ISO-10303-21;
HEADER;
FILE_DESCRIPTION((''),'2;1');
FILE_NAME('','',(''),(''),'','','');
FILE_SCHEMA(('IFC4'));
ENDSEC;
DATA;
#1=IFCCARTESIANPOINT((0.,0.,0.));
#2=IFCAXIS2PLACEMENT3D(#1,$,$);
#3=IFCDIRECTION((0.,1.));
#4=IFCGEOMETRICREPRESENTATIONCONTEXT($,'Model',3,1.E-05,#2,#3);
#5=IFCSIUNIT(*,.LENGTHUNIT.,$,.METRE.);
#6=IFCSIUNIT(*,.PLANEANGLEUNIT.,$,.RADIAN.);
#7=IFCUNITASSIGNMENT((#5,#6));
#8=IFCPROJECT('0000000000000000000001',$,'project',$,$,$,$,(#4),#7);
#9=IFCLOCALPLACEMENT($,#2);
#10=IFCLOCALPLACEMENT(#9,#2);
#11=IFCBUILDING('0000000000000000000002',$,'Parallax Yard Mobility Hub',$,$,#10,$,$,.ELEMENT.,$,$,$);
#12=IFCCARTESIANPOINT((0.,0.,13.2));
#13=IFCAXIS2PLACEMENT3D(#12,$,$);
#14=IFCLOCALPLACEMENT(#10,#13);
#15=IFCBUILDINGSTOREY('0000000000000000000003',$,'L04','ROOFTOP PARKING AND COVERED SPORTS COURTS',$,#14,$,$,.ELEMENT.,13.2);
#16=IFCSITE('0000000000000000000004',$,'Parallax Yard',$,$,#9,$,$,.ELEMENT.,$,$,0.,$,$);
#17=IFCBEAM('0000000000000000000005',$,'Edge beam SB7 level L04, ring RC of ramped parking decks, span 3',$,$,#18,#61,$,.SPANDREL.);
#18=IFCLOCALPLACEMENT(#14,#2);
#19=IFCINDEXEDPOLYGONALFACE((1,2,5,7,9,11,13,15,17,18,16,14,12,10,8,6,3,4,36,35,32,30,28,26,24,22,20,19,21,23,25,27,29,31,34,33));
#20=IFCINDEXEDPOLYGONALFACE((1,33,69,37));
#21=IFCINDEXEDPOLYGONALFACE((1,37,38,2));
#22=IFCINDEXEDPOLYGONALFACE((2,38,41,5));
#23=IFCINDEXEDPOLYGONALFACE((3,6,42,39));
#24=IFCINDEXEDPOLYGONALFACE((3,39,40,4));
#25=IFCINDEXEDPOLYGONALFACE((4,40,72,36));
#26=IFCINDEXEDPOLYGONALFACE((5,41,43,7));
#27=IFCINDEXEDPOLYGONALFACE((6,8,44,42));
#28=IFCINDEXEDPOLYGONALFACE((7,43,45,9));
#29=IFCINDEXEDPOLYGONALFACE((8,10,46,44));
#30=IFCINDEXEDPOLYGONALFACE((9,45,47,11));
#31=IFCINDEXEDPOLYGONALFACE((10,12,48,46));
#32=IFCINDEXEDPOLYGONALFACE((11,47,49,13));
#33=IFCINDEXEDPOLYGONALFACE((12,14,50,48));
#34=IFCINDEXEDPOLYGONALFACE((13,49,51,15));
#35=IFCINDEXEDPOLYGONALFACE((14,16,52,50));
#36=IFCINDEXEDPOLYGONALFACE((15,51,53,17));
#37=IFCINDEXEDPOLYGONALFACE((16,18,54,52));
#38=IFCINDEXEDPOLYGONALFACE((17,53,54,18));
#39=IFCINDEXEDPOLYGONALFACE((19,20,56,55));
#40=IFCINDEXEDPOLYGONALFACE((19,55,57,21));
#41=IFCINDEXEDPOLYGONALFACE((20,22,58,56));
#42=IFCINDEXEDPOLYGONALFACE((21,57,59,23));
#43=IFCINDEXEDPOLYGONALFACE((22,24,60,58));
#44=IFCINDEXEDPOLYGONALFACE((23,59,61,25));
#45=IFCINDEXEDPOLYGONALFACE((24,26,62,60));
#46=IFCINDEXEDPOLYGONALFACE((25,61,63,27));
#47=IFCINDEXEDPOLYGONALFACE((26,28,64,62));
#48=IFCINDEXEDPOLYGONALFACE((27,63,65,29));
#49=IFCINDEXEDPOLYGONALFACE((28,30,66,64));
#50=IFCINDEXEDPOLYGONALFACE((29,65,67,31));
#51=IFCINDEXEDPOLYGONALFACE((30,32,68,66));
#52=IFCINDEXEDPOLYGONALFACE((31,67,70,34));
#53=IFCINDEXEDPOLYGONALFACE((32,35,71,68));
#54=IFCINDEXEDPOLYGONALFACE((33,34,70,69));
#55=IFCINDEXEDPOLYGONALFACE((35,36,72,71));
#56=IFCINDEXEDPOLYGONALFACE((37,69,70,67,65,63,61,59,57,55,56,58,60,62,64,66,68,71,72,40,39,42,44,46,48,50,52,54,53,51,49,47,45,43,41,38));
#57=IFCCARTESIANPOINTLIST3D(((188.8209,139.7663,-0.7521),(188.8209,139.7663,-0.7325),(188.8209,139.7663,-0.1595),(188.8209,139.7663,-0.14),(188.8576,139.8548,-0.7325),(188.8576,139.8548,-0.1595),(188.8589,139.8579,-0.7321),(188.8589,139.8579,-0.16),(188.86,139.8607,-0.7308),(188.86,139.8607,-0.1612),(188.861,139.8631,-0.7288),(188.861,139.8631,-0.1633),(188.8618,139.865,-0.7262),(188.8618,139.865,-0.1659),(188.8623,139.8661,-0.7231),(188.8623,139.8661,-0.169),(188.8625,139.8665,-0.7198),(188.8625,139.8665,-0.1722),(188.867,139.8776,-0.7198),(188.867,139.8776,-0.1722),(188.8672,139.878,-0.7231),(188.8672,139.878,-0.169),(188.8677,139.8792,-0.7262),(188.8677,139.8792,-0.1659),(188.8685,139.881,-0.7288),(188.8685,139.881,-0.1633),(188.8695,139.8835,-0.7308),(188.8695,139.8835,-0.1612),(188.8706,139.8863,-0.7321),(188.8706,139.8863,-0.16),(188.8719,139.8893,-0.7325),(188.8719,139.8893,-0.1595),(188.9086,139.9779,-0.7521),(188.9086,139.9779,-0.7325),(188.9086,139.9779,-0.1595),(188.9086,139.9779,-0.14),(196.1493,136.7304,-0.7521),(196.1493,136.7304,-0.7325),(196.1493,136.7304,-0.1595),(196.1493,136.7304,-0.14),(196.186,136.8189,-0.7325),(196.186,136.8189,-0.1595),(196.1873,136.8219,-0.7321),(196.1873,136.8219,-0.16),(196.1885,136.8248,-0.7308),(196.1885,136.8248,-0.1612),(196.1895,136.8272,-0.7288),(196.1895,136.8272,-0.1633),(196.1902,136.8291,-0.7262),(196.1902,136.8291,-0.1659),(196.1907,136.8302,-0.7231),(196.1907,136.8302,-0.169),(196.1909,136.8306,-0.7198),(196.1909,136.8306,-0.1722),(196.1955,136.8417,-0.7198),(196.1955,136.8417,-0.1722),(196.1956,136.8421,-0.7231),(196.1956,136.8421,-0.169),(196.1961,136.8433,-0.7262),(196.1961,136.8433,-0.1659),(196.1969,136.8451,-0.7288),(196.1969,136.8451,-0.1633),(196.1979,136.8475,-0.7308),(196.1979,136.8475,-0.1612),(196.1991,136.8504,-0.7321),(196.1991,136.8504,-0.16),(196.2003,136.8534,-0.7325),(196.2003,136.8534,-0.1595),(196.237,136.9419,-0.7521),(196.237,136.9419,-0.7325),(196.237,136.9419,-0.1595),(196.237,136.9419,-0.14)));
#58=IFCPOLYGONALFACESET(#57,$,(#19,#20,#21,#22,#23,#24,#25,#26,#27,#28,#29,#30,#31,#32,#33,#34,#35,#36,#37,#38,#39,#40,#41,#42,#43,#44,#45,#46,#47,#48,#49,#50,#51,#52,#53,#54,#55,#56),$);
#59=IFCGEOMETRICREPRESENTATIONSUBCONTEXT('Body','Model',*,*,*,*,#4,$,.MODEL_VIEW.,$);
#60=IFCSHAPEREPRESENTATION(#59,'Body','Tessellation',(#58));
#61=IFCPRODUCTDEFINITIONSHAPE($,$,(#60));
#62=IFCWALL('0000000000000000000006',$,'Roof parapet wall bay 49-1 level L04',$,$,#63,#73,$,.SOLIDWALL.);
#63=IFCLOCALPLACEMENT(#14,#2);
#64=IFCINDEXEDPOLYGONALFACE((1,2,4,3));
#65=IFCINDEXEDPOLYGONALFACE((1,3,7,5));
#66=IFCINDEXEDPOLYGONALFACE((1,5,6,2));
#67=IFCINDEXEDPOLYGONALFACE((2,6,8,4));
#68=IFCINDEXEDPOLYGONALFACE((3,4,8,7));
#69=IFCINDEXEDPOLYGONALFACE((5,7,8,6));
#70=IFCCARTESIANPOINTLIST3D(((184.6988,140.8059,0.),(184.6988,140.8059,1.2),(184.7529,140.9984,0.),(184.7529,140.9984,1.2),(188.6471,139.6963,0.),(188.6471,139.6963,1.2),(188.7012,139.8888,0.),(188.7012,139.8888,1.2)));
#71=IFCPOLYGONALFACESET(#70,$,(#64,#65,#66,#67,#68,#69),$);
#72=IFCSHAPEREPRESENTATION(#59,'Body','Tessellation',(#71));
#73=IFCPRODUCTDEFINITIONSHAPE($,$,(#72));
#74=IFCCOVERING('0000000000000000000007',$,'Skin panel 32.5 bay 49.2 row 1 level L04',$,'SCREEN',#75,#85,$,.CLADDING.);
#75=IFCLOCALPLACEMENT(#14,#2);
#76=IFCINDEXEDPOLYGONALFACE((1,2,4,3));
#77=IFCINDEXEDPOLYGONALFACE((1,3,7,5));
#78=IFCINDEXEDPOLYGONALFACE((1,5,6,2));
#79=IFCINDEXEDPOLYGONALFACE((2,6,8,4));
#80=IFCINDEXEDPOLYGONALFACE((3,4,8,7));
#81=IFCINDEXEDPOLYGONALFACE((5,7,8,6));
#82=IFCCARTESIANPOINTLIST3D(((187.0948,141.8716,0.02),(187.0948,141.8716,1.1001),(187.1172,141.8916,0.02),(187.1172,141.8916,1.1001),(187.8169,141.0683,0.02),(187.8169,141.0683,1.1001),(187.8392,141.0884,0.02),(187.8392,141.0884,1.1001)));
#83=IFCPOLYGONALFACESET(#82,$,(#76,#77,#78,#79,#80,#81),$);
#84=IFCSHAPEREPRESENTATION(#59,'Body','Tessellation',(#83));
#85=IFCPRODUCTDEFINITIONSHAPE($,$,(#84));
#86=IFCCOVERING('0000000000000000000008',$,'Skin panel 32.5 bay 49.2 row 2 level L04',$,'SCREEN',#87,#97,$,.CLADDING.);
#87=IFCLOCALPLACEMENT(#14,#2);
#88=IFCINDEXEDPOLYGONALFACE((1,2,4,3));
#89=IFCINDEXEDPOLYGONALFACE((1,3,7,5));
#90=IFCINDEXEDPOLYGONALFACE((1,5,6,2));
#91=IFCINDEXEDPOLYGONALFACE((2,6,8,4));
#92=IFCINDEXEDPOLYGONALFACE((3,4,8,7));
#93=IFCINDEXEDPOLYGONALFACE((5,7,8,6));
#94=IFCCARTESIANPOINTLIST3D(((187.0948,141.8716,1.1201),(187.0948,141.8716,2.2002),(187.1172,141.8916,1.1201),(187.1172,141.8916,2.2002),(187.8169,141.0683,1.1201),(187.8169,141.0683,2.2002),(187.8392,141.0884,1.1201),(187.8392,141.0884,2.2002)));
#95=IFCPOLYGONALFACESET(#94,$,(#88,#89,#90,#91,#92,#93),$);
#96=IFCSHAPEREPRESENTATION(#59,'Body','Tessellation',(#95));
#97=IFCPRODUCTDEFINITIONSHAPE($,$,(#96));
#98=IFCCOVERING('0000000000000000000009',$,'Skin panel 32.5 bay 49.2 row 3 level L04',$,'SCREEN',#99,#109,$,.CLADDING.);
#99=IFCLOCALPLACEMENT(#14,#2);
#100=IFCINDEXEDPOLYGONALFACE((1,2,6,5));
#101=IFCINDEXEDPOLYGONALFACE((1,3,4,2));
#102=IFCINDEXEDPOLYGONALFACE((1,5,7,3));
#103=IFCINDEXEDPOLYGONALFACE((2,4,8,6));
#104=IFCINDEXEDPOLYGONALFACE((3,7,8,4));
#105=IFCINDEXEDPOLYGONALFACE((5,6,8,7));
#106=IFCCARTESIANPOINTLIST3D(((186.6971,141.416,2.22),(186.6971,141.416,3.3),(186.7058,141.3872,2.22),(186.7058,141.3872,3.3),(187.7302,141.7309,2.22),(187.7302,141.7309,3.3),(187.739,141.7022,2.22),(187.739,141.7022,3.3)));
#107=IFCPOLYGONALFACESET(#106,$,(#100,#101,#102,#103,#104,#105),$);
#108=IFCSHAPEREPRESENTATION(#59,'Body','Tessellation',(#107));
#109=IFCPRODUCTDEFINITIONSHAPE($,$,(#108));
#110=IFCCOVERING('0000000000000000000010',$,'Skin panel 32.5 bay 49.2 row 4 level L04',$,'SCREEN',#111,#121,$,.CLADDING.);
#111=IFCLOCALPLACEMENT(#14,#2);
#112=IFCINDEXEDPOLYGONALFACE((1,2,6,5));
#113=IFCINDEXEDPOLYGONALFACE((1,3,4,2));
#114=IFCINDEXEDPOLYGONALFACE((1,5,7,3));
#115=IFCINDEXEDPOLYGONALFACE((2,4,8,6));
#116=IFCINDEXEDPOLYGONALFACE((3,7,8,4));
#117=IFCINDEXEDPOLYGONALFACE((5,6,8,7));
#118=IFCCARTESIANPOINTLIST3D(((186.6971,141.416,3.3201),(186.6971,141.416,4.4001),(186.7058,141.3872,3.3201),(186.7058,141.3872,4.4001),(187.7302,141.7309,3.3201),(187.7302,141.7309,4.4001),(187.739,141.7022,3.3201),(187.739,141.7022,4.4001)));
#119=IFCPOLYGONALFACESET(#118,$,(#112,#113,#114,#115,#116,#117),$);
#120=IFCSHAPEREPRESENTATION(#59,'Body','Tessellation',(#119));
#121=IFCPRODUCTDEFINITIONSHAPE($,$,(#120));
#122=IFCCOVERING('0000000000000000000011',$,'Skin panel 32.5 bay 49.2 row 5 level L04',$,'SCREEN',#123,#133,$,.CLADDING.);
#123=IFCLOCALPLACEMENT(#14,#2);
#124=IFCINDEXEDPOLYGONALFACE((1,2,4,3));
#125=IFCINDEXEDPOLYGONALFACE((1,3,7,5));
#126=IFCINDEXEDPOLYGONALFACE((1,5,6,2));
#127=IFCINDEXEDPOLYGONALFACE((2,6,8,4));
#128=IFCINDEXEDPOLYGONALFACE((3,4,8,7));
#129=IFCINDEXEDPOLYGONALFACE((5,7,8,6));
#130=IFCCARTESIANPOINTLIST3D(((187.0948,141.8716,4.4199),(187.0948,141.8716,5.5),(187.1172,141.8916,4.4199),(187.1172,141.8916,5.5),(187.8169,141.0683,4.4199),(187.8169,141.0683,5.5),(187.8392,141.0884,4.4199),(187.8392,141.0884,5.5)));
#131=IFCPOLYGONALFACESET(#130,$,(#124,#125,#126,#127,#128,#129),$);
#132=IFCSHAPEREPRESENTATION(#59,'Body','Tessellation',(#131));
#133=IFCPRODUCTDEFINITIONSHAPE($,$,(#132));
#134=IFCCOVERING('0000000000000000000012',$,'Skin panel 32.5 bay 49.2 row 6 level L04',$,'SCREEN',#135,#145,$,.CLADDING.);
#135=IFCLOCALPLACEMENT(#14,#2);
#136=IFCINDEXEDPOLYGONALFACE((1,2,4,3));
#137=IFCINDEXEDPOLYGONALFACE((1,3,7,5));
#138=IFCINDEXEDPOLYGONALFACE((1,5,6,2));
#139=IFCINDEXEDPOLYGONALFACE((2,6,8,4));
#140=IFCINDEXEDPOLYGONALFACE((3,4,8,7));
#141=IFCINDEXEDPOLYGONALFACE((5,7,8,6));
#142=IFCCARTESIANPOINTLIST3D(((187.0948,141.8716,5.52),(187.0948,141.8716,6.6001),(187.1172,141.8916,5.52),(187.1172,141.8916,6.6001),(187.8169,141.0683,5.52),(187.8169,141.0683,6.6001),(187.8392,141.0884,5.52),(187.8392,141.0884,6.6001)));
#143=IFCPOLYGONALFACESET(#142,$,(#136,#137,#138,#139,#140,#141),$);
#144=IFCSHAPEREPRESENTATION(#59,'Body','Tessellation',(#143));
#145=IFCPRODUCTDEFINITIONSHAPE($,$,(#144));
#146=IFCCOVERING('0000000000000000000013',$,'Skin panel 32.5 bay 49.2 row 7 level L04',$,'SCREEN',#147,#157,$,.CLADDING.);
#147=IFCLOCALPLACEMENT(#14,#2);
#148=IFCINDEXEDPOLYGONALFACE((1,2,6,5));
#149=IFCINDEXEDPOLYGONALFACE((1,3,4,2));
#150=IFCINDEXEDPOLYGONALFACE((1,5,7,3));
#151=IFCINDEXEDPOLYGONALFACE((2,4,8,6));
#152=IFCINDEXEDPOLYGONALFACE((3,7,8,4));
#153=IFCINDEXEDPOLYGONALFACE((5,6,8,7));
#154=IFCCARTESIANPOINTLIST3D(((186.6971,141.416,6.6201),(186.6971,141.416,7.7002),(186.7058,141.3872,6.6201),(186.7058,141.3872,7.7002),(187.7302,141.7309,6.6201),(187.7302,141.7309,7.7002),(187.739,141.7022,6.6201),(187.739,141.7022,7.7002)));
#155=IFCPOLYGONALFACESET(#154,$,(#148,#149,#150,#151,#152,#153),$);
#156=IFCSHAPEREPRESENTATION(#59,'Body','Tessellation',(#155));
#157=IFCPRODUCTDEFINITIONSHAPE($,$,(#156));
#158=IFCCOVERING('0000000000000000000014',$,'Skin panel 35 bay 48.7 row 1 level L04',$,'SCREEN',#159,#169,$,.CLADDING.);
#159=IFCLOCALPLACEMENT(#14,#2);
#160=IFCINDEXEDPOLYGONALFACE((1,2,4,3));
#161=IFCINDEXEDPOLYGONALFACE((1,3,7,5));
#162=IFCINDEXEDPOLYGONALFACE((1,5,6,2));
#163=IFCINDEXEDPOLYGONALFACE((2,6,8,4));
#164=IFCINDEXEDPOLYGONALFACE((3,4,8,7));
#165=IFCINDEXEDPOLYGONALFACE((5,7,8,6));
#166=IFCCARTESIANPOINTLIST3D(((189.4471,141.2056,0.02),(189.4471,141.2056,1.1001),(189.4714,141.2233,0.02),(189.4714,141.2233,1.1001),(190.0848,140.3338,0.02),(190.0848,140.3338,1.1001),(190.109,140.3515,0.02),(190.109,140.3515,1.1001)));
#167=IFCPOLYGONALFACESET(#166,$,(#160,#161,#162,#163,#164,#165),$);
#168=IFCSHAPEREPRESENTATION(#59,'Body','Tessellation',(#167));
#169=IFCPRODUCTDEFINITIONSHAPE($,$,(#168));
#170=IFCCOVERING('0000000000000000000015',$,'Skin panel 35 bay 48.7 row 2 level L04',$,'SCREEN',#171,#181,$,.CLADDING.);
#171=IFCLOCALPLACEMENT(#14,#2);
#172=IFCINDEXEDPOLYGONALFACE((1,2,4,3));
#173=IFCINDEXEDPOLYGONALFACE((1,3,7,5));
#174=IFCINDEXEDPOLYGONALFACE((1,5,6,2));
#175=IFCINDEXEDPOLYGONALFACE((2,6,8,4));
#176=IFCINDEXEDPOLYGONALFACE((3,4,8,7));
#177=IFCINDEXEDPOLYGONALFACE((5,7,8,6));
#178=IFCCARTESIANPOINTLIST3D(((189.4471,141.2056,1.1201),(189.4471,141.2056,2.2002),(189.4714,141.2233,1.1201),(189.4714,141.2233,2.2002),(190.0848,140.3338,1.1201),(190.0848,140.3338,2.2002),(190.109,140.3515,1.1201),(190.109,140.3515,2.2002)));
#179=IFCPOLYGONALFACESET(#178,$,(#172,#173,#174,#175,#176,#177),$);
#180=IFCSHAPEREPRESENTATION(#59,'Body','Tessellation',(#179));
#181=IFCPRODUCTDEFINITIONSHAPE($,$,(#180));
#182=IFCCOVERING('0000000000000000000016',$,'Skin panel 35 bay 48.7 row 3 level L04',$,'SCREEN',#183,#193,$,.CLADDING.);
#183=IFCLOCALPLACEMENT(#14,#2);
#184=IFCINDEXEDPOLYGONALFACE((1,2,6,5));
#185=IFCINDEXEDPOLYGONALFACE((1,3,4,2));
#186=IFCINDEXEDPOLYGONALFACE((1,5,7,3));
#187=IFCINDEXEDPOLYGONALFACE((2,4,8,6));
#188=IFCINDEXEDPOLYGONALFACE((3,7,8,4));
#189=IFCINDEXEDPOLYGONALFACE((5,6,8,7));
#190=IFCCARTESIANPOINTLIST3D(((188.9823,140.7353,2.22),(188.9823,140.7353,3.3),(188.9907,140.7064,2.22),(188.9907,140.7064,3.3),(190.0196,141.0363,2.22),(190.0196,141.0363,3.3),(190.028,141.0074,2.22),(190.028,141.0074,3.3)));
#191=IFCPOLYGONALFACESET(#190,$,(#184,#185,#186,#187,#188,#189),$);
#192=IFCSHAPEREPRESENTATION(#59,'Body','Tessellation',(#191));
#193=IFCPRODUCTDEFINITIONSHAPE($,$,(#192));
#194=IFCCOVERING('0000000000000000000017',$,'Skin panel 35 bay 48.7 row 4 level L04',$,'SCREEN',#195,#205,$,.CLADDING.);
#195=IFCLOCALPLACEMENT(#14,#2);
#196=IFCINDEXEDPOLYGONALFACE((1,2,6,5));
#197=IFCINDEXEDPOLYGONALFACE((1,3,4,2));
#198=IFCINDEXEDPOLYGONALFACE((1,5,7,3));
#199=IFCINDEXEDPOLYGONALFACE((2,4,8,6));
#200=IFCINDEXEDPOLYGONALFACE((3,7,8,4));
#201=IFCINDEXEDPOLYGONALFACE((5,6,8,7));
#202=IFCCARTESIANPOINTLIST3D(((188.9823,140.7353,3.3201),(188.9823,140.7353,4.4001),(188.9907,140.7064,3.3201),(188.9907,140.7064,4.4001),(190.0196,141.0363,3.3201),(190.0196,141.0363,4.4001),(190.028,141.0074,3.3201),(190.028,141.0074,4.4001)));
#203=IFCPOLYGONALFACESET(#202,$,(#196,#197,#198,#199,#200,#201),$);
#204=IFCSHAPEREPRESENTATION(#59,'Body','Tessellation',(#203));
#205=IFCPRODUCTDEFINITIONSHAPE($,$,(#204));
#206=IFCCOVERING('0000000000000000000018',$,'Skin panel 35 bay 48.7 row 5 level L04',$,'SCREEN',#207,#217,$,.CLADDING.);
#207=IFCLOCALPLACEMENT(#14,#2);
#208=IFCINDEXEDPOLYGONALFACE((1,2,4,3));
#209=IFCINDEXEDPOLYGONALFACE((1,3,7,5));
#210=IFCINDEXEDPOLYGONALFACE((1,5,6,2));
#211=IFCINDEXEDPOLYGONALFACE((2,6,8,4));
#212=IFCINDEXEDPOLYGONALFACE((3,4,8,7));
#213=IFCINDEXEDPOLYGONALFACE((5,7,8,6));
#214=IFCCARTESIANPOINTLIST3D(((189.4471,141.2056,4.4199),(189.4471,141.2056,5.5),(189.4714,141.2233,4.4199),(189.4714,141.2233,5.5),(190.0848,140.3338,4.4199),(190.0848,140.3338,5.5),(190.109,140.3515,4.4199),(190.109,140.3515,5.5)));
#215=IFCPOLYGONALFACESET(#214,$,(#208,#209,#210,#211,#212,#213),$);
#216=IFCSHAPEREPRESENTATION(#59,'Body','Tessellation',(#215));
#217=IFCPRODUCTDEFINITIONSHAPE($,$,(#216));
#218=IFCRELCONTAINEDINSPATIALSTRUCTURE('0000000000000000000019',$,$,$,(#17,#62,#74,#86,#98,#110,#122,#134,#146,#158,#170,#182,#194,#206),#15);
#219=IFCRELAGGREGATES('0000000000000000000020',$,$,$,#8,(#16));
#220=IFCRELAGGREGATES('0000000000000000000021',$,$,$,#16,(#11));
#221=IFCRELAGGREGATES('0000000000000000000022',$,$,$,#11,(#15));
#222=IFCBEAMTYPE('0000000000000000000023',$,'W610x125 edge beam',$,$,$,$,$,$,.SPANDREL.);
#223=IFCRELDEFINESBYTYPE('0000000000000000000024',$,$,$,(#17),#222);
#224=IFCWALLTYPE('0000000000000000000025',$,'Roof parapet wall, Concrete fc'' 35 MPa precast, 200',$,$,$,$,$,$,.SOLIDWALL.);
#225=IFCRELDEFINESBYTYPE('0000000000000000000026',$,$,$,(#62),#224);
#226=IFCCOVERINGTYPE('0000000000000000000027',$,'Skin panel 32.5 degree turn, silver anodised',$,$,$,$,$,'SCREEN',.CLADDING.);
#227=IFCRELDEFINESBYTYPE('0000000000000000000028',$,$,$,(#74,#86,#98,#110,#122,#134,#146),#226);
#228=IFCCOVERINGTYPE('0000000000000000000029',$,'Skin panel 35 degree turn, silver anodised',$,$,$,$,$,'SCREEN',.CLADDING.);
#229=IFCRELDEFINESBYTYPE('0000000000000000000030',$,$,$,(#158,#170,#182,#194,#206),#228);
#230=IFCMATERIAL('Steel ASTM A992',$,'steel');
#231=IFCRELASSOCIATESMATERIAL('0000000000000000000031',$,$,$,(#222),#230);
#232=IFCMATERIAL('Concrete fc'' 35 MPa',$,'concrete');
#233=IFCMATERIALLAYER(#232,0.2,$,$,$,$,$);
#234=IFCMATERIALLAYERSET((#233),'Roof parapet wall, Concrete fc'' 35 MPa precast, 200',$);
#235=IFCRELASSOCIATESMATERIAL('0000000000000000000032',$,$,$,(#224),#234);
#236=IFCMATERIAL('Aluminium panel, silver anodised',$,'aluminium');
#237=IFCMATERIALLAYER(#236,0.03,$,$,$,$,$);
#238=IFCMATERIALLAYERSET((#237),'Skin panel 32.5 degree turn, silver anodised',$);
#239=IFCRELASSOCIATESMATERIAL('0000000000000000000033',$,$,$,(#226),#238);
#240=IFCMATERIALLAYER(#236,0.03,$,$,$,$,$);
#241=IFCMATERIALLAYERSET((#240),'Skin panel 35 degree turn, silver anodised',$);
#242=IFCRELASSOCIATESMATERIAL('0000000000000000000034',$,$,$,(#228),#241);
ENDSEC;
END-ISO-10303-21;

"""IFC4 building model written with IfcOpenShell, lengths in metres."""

from ifc_helpers import new_model, si_unit, direction, frame, frame_2d, origin, origin_2d, place, context, subcontext, project, spatial, rectangle, i_section, extrude, material, layer, layer_set, material_profile, profile_set, type_object, element, save


model = new_model("IFC4")

# Units and contexts
model_context = context("Model", 3, precision=1e-05, world=origin(), true_north=direction((0.0, 1.0)))
body_context = subcontext(model_context, "Body", "Model", "MODEL_VIEW")
ifc_project = project(units=[si_unit("LENGTHUNIT", "METRE"), si_unit("PLANEANGLEUNIT", "RADIAN")], contexts=[model_context])

# Site, building, storey
site_placement = place(None, origin())
site = spatial("IfcSite", under=ifc_project, at=site_placement, Name="Parallax Yard", CompositionType="ELEMENT", RefElevation=0.0)
building_placement = place(site_placement, origin())
building = spatial("IfcBuilding", under=site, at=building_placement, Name="Parallax Yard Mobility Hub", CompositionType="ELEMENT")
storey_placement = place(building_placement, frame((0.0, 0.0, 13.2)))
storey = spatial("IfcBuildingStorey", under=building, at=storey_placement, Name="L04", Description="ROOFTOP PARKING AND COVERED SPORTS COURTS", CompositionType="ELEMENT", Elevation=13.2)

# Beam
ifc_material_1 = material(Name="Steel ASTM A992", Category="steel")
ifc_material_profile_1 = material_profile(ifc_material_1, i_section(OverallWidth=0.229, OverallDepth=0.6121, WebThickness=0.012, FlangeThickness=0.0195, FilletRadius=0.0127, at=origin_2d()), Name="W610x125")
ifc_profile_set_1 = profile_set([ifc_material_profile_1], Name="Steel ASTM A992")
beam_type = type_object("IfcBeamType", Name="W610x125 edge beam", PredefinedType="SPANDREL", material=ifc_profile_set_1)
beam_placement = place(storey_placement, frame((188.8647, 139.8721, -0.446), z_axis=(0.923863, -0.382724, 0.0), x_axis=(0.382724, 0.923863, 0.0)))
element("IfcBeam", 1, at=beam_placement, inside=storey, type_object=beam_type, Name="Edge beam SB7 level L04, ring RC of ramped parking decks, span 3", PredefinedType="SPANDREL", context=body_context, shape_type="SweptSolid", body=[
    extrude(i_section(OverallWidth=0.229, OverallDepth=0.6121, WebThickness=0.012, FlangeThickness=0.0195, FilletRadius=0.0127, at=origin_2d()), origin(), (0.0, 0.0, 1.0), 7.9324),
])

# Wall
ifc_material_2 = material(Name="Concrete fc' 35 MPa", Category="concrete")
ifc_layer_1 = layer(ifc_material_2, 0.2)
ifc_layer_set_1 = layer_set([ifc_layer_1], Name="Roof parapet wall, Concrete fc' 35 MPa precast, 200")
wall_type = type_object("IfcWallType", Name="Roof parapet wall, Concrete fc' 35 MPa precast, 200", PredefinedType="SOLIDWALL", material=ifc_layer_set_1)
wall_placement = place(storey_placement, frame((188.6743, 139.7925, 0.0), z_axis=(0.0, 0.0, 1.0), x_axis=(-0.962703, 0.270559, 0.0)))
element("IfcWall", 2, at=wall_placement, inside=storey, type_object=wall_type, Name="Roof parapet wall bay 49-1 level L04", PredefinedType="SOLIDWALL", context=body_context, shape_type="SweptSolid", body=[
    extrude(rectangle(XDim=4.1013, YDim=0.2, at=frame_2d((2.0508, 0.0))), origin(), (0.0, 0.0, 1.0), 1.2),
])

# Coverings
ifc_material_3 = material(Name="Aluminium panel, silver anodised", Category="aluminium")
ifc_layer_2 = layer(ifc_material_3, 0.03)
ifc_layer_set_2 = layer_set([ifc_layer_2], Name="Skin panel 32.5 degree turn, silver anodised")
covering_type_1 = type_object("IfcCoveringType", Name="Skin panel 32.5 degree turn, silver anodised", ElementType="SCREEN", PredefinedType="CLADDING", material=ifc_layer_set_2)
for number, where, z_axis, x_axis, name in (
    (3, (187.467, 141.48, 0.02), (0.0, 0.0, 1.0), (-0.66854, 0.743676, 0.0), "Skin panel 32.5 bay 49.2 row 1 level L04"),
    (4, (187.467, 141.48, 1.1201), (0.0, 0.0, 1.0), (-0.66854, 0.743676, 0.0), "Skin panel 32.5 bay 49.2 row 2 level L04"),
    (5, (187.218, 141.5591, 2.22), (0.0, 0.0, 1.0), (0.956537, 0.291612, 0.0), "Skin panel 32.5 bay 49.2 row 3 level L04"),
    (6, (187.218, 141.5591, 3.3201), (0.0, 0.0, 1.0), (0.956537, 0.291612, 0.0), "Skin panel 32.5 bay 49.2 row 4 level L04"),
    (7, (187.467, 141.48, 4.4199), (0.0, 0.0, 1.0), (-0.66854, 0.743676, 0.0), "Skin panel 32.5 bay 49.2 row 5 level L04"),
    (8, (187.467, 141.48, 5.52), (0.0, 0.0, 1.0), (-0.66854, 0.743676, 0.0), "Skin panel 32.5 bay 49.2 row 6 level L04"),
    (9, (187.218, 141.5591, 6.6201), (0.0, 0.0, 1.0), (0.956537, 0.291612, 0.0), "Skin panel 32.5 bay 49.2 row 7 level L04"),
):
    element("IfcCovering", number, at=place(storey_placement, frame(where, z_axis=z_axis, x_axis=x_axis)), inside=storey, type_object=covering_type_1, Name=name, ObjectType="SCREEN", PredefinedType="CLADDING", context=body_context, shape_type="SweptSolid", body=[
        extrude(rectangle(XDim=1.0801, YDim=0.03, at=origin_2d()), origin(), (0.0, 0.0, 1.0), 1.0801),
    ])
ifc_layer_3 = layer(ifc_material_3, 0.03)
ifc_layer_set_3 = layer_set([ifc_layer_3], Name="Skin panel 35 degree turn, silver anodised")
covering_type_2 = type_object("IfcCoveringType", Name="Skin panel 35 degree turn, silver anodised", ElementType="SCREEN", PredefinedType="CLADDING", material=ifc_layer_set_3)
for number, where, z_axis, x_axis, name in (
    (10, (189.7781, 140.7786, 0.02), (0.0, 0.0, 1.0), (-0.590349, 0.807148, 0.0), "Skin panel 35 bay 48.7 row 1 level L04"),
    (11, (189.7781, 140.7786, 1.1201), (0.0, 0.0, 1.0), (-0.590349, 0.807148, 0.0), "Skin panel 35 bay 48.7 row 2 level L04"),
    (12, (189.5051, 140.8713, 2.22), (0.0, 0.0, 1.0), (0.960382, 0.278686, 0.0), "Skin panel 35 bay 48.7 row 3 level L04"),
    (13, (189.5051, 140.8713, 3.3201), (0.0, 0.0, 1.0), (0.960382, 0.278686, 0.0), "Skin panel 35 bay 48.7 row 4 level L04"),
    (14, (189.7781, 140.7786, 4.4199), (0.0, 0.0, 1.0), (-0.590349, 0.807148, 0.0), "Skin panel 35 bay 48.7 row 5 level L04"),
):
    element("IfcCovering", number, at=place(storey_placement, frame(where, z_axis=z_axis, x_axis=x_axis)), inside=storey, type_object=covering_type_2, Name=name, ObjectType="SCREEN", PredefinedType="CLADDING", context=body_context, shape_type="SweptSolid", body=[
        extrude(rectangle(XDim=1.0801, YDim=0.03, at=origin_2d()), origin(), (0.0, 0.0, 1.0), 1.0801),
    ])

save(model, "model.ifc")
